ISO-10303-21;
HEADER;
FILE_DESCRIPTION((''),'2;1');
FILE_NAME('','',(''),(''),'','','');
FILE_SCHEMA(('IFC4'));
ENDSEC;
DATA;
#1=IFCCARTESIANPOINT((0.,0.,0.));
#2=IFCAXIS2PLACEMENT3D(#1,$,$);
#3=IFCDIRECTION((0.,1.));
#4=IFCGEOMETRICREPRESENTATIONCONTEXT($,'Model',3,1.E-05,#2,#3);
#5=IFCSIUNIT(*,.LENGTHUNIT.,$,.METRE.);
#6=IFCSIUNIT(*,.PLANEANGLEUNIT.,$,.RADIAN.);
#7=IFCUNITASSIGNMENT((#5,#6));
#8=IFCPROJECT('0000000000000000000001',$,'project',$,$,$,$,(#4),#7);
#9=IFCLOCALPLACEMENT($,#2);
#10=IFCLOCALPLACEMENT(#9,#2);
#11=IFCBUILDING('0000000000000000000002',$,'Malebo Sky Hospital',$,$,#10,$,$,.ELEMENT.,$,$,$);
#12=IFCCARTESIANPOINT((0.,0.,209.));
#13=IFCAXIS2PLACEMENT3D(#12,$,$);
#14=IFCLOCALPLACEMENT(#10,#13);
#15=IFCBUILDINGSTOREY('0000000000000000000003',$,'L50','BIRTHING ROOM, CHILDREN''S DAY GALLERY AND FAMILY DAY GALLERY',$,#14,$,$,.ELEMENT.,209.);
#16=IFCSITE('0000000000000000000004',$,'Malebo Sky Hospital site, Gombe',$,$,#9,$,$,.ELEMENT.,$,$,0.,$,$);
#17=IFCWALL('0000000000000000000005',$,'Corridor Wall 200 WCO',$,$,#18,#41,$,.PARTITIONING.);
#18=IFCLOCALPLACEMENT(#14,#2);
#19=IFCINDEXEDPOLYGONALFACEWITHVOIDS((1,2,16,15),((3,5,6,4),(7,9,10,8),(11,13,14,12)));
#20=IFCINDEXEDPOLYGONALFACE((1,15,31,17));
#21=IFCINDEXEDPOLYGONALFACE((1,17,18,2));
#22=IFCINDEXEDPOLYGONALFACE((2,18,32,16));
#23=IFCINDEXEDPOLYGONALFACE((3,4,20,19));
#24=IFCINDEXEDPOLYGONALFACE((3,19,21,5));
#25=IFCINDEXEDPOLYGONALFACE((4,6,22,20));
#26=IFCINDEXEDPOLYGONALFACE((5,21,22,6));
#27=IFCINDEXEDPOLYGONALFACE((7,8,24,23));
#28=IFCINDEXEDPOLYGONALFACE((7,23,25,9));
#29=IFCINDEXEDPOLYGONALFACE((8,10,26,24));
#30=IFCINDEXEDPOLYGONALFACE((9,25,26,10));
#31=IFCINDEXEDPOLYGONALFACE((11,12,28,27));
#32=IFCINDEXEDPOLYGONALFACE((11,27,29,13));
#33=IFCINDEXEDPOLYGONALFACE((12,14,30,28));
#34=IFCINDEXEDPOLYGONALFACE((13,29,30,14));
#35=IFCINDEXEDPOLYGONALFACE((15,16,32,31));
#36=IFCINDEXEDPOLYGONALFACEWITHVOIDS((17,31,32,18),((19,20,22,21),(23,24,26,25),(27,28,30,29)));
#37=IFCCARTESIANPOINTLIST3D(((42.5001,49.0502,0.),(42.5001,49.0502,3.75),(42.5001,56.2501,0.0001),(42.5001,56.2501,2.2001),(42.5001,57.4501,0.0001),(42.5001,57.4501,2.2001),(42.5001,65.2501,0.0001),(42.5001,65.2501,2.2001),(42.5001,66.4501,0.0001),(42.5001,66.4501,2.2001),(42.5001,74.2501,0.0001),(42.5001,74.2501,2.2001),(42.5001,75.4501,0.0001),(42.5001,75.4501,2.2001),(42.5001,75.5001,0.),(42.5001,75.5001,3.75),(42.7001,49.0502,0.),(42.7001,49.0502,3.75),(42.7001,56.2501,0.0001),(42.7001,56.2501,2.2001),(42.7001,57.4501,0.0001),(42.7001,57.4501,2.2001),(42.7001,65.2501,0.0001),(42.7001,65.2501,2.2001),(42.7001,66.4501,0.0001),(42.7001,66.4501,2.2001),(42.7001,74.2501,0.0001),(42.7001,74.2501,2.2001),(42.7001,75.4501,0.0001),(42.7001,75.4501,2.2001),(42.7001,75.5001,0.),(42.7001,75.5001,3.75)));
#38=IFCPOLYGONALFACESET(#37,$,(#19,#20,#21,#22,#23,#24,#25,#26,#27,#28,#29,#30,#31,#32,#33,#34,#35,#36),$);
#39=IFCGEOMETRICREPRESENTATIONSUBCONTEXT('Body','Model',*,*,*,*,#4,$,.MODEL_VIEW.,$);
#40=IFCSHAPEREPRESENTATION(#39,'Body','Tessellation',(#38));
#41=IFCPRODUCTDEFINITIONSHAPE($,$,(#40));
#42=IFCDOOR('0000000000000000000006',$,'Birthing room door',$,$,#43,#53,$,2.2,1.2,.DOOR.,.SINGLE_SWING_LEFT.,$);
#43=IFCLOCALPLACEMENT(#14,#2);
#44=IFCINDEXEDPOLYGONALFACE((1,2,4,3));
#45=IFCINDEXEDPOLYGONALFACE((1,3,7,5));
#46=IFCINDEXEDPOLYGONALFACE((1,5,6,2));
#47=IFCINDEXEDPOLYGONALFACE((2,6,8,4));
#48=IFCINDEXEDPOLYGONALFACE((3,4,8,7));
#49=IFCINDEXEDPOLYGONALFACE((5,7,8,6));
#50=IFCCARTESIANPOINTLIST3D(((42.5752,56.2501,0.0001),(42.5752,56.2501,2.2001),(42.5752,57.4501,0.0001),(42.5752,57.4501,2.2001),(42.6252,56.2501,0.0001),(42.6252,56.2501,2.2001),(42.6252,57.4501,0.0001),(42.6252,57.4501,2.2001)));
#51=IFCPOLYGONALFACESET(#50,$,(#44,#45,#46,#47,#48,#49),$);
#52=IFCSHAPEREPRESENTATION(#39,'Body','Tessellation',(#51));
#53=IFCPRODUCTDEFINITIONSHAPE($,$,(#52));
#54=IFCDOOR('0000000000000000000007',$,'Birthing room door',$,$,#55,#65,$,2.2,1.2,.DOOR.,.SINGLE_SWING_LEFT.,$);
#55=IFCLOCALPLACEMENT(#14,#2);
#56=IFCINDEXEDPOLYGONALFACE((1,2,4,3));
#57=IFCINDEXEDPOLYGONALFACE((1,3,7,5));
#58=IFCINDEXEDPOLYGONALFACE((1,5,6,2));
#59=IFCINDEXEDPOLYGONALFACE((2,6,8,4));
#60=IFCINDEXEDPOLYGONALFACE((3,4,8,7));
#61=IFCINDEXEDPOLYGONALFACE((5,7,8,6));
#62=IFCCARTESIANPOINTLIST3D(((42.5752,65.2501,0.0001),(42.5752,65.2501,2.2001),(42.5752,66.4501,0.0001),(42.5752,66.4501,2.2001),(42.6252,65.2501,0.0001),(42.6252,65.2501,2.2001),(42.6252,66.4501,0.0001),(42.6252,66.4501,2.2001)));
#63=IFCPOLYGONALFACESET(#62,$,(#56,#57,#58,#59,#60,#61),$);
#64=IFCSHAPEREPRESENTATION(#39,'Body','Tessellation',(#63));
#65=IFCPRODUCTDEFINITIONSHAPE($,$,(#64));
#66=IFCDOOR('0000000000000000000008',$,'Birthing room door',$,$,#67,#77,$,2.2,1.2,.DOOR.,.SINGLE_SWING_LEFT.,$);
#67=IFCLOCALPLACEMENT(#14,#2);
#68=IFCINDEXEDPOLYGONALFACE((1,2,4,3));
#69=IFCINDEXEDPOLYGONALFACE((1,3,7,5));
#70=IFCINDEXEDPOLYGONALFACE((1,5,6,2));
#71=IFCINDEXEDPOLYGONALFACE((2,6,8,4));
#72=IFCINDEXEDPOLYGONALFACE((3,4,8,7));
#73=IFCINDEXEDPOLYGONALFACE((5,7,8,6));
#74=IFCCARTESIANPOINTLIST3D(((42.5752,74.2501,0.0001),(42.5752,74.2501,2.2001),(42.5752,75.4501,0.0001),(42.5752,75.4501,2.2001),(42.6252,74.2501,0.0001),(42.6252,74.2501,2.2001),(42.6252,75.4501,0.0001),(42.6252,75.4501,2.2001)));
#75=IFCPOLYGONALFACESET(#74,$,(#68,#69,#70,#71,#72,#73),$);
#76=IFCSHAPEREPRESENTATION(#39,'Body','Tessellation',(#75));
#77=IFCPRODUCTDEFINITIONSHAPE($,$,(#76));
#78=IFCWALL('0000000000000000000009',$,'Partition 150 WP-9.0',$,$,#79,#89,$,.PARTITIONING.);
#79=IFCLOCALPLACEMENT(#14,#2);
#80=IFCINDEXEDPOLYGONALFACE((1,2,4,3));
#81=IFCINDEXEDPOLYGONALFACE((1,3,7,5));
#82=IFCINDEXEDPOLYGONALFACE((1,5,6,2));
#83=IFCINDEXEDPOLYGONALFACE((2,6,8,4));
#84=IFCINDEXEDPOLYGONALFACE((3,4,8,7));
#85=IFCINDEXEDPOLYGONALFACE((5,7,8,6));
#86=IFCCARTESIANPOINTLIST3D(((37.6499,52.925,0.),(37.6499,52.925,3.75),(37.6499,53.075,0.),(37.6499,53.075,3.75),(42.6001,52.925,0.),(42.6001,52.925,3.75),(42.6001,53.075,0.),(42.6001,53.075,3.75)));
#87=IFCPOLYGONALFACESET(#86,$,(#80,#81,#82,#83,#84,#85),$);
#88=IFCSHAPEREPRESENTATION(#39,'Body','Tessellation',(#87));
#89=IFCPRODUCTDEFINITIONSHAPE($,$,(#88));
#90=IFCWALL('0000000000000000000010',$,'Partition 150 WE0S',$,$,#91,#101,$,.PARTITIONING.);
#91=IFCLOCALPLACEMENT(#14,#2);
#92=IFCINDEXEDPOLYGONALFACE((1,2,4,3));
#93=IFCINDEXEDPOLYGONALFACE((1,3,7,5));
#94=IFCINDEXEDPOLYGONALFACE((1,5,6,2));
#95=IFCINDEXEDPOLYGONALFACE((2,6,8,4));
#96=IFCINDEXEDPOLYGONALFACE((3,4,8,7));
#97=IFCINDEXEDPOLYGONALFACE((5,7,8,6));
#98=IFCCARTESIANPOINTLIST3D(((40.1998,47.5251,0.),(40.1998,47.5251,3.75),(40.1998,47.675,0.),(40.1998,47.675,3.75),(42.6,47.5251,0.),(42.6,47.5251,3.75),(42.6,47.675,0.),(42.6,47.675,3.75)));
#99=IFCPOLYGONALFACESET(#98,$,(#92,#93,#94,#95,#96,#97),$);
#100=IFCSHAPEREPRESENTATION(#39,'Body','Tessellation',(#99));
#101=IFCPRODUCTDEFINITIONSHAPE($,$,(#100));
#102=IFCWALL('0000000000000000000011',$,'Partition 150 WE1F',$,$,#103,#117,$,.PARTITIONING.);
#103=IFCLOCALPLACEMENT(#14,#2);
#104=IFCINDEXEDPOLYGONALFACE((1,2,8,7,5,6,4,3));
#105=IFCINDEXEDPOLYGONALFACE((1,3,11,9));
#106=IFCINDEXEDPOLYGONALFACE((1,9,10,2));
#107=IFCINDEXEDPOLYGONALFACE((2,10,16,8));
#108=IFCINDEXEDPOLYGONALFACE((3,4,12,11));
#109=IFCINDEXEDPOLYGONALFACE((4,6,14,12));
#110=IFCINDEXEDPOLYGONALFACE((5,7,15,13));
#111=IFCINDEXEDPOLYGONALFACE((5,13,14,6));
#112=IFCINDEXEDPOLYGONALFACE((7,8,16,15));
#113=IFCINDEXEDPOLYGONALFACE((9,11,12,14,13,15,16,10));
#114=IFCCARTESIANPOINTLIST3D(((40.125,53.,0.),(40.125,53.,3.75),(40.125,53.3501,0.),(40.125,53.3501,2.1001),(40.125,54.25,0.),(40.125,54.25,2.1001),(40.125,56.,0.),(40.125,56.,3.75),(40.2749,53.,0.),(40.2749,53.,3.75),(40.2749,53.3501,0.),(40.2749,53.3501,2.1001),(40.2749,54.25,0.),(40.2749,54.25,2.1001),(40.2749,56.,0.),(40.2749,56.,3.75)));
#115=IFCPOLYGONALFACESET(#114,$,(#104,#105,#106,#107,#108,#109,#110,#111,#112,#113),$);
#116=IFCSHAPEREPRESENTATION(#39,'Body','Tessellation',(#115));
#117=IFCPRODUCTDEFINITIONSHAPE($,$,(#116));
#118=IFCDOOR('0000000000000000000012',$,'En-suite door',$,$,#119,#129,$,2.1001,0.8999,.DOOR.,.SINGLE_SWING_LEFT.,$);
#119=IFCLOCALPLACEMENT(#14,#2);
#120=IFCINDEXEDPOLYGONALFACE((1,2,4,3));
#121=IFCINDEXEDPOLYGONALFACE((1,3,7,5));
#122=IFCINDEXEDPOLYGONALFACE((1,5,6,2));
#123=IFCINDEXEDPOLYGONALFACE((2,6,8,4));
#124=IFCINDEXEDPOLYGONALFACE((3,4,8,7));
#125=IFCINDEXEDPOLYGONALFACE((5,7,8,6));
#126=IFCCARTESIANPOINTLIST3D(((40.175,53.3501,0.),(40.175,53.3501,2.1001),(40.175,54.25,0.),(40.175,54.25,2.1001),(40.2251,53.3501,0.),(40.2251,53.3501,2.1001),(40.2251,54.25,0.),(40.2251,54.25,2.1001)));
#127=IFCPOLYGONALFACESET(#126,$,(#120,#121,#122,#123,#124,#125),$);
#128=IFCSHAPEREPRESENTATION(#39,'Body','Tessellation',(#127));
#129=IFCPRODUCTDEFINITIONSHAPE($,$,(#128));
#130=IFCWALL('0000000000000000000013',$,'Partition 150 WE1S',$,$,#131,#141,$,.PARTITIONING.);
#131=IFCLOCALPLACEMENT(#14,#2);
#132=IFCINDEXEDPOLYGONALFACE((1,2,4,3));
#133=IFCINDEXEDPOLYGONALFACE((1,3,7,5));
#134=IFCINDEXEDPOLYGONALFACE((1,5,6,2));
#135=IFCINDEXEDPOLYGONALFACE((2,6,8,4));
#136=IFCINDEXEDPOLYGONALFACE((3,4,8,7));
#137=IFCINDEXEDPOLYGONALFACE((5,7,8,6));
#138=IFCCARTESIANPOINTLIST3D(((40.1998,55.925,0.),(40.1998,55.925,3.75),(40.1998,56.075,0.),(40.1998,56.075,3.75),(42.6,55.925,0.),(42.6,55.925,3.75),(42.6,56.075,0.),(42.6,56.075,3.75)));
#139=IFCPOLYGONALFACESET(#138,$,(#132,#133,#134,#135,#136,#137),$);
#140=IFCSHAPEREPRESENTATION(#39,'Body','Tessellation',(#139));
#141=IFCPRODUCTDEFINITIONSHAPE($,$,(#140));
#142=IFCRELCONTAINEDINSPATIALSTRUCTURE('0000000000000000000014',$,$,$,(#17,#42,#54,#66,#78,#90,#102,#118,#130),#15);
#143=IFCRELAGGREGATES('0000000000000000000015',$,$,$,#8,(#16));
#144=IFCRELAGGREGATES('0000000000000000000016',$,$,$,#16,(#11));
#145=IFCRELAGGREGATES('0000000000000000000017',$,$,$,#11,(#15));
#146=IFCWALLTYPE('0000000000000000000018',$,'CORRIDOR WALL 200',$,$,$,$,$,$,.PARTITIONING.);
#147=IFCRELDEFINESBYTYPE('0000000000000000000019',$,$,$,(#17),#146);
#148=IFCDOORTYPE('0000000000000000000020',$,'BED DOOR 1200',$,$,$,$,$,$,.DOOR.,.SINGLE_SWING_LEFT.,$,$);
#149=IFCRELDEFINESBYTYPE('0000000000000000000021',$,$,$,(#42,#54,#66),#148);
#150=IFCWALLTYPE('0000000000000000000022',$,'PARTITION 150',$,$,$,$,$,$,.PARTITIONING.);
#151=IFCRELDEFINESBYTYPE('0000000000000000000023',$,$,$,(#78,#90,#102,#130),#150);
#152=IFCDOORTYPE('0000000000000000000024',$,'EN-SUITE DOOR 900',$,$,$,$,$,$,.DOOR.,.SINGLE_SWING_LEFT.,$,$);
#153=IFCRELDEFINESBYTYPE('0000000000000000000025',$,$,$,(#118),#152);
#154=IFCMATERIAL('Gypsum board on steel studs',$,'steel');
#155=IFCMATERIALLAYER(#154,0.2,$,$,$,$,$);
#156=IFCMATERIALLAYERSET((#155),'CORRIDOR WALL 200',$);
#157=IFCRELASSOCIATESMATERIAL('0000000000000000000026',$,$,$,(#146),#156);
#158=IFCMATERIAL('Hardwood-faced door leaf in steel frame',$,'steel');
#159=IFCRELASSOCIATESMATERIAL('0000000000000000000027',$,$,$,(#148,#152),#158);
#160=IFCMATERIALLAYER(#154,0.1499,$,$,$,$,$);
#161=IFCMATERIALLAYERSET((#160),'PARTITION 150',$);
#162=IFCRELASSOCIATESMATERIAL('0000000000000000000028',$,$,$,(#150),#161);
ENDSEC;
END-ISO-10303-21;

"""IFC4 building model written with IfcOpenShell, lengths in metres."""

from ifc_helpers import new_model, si_unit, direction, frame, frame_2d, origin, place, context, subcontext, project, spatial, rectangle, extrude, material, layer, layer_set, type_object, element, fill, save


model = new_model("IFC4")

# Units and contexts
model_context = context("Model", 3, precision=1e-05, world=origin(), true_north=direction((0.0, 1.0)))
body_context = subcontext(model_context, "Body", "Model", "MODEL_VIEW")
ifc_project = project(units=[si_unit("LENGTHUNIT", "METRE"), si_unit("PLANEANGLEUNIT", "RADIAN")], contexts=[model_context])

# Site, building, storey
site_placement = place(None, origin())
site = spatial("IfcSite", under=ifc_project, at=site_placement, Name="Malebo Sky Hospital site, Gombe", CompositionType="ELEMENT", RefElevation=0.0)
building_placement = place(site_placement, origin())
building = spatial("IfcBuilding", under=site, at=building_placement, Name="Malebo Sky Hospital", CompositionType="ELEMENT")
storey_placement = place(building_placement, frame((0.0, 0.0, 209.0)))
storey = spatial("IfcBuildingStorey", under=building, at=storey_placement, Name="L50", Description="BIRTHING ROOM, CHILDREN'S DAY GALLERY AND FAMILY DAY GALLERY", CompositionType="ELEMENT", Elevation=209.0)

# Wall, openings, doors
ifc_material_1 = material(Name="Gypsum board on steel studs", Category="steel")
ifc_layer_1 = layer(ifc_material_1, 0.2)
ifc_layer_set_1 = layer_set([ifc_layer_1], Name="CORRIDOR WALL 200")
wall_type_1 = type_object("IfcWallType", Name="CORRIDOR WALL 200", PredefinedType="PARTITIONING", material=ifc_layer_set_1)
wall_1_placement = place(storey_placement, frame((42.6001, 49.05, 0.0), z_axis=(0.0, 0.0, 1.0), x_axis=(0.0, 1.0, 0.0)))
wall_1 = element("IfcWall", 1, at=wall_1_placement, inside=storey, type_object=wall_type_1, Name="Corridor Wall 200 WCO", PredefinedType="PARTITIONING", context=body_context, shape_type="SweptSolid", body=[
    extrude(rectangle(XDim=26.45, YDim=0.2, at=frame_2d((13.2251, 0.0))), origin(), (0.0, 0.0, 1.0), 3.75),
])
opening_1_placement = place(wall_1_placement, frame((7.2, 0.0, 0.0)))
opening_1 = element("IfcOpeningElement", 2, at=opening_1_placement, cuts=wall_1, PredefinedType="OPENING", context=body_context, shape_type="SweptSolid", body=[
    extrude(rectangle(XDim=1.2, YDim=2.2, at=frame_2d((0.6001, 1.1001))), frame((0.0, 0.1099, 0.0), z_axis=(0.0, -1.0, 0.0), x_axis=(1.0, 0.0, 0.0)), (0.0, 0.0, 1.0), 0.22),
])
opening_2_placement = place(wall_1_placement, frame((16.2, 0.0, 0.0)))
opening_2 = element("IfcOpeningElement", 3, at=opening_2_placement, cuts=wall_1, PredefinedType="OPENING", context=body_context, shape_type="SweptSolid", body=[
    extrude(rectangle(XDim=1.2, YDim=2.2, at=frame_2d((0.6001, 1.1001))), frame((0.0, 0.1099, 0.0), z_axis=(0.0, -1.0, 0.0), x_axis=(1.0, 0.0, 0.0)), (0.0, 0.0, 1.0), 0.22),
])
opening_3_placement = place(wall_1_placement, frame((25.2, 0.0, 0.0)))
opening_3 = element("IfcOpeningElement", 4, at=opening_3_placement, cuts=wall_1, PredefinedType="OPENING", context=body_context, shape_type="SweptSolid", body=[
    extrude(rectangle(XDim=1.2, YDim=2.2, at=frame_2d((0.6001, 1.1001))), frame((0.0, 0.1099, 0.0), z_axis=(0.0, -1.0, 0.0), x_axis=(1.0, 0.0, 0.0)), (0.0, 0.0, 1.0), 0.22),
])
ifc_material_2 = material(Name="Hardwood-faced door leaf in steel frame", Category="steel")
door_type_1 = type_object("IfcDoorType", Name="BED DOOR 1200", OperationType="SINGLE_SWING_LEFT", PredefinedType="DOOR", material=ifc_material_2)
door_1_placement = place(opening_1_placement, origin())
door_1 = element("IfcDoor", 5, at=door_1_placement, inside=storey, type_object=door_type_1, Name="Birthing room door", OperationType="SINGLE_SWING_LEFT", OverallHeight=2.2, OverallWidth=1.2, PredefinedType="DOOR", context=body_context, shape_type="SweptSolid", body=[
    extrude(rectangle(XDim=1.2, YDim=2.2, at=frame_2d((0.6001, 1.1001))), frame((0.0, 0.0249, 0.0), z_axis=(0.0, -1.0, 0.0), x_axis=(1.0, 0.0, 0.0)), (0.0, 0.0, 1.0), 0.05),
])
fill(opening_1, door_1)
door_2_placement = place(opening_2_placement, origin())
door_2 = element("IfcDoor", 6, at=door_2_placement, inside=storey, type_object=door_type_1, Name="Birthing room door", OperationType="SINGLE_SWING_LEFT", OverallHeight=2.2, OverallWidth=1.2, PredefinedType="DOOR", context=body_context, shape_type="SweptSolid", body=[
    extrude(rectangle(XDim=1.2, YDim=2.2, at=frame_2d((0.6001, 1.1001))), frame((0.0, 0.0249, 0.0), z_axis=(0.0, -1.0, 0.0), x_axis=(1.0, 0.0, 0.0)), (0.0, 0.0, 1.0), 0.05),
])
fill(opening_2, door_2)
door_3_placement = place(opening_3_placement, origin())
door_3 = element("IfcDoor", 7, at=door_3_placement, inside=storey, type_object=door_type_1, Name="Birthing room door", OperationType="SINGLE_SWING_LEFT", OverallHeight=2.2, OverallWidth=1.2, PredefinedType="DOOR", context=body_context, shape_type="SweptSolid", body=[
    extrude(rectangle(XDim=1.2, YDim=2.2, at=frame_2d((0.6001, 1.1001))), frame((0.0, 0.0249, 0.0), z_axis=(0.0, -1.0, 0.0), x_axis=(1.0, 0.0, 0.0)), (0.0, 0.0, 1.0), 0.05),
])
fill(opening_3, door_3)

# Walls
ifc_layer_2 = layer(ifc_material_1, 0.1499)
ifc_layer_set_2 = layer_set([ifc_layer_2], Name="PARTITION 150")
wall_type_2 = type_object("IfcWallType", Name="PARTITION 150", PredefinedType="PARTITIONING", material=ifc_layer_set_2)
wall_2_placement = place(storey_placement, frame((42.6001, 53.0, 0.0), z_axis=(0.0, 0.0, 1.0), x_axis=(-1.0, 0.0, 0.0)))
element("IfcWall", 8, at=wall_2_placement, inside=storey, type_object=wall_type_2, Name="Partition 150 WP-9.0", PredefinedType="PARTITIONING", context=body_context, shape_type="SweptSolid", body=[
    extrude(rectangle(XDim=4.9502, YDim=0.1499, at=frame_2d((2.4751, 0.0))), origin(), (0.0, 0.0, 1.0), 3.75),
])
wall_3_placement = place(storey_placement, frame((42.6001, 47.6001, 0.0), z_axis=(0.0, 0.0, 1.0), x_axis=(-1.0, 0.0, 0.0)))
element("IfcWall", 9, at=wall_3_placement, inside=storey, type_object=wall_type_2, Name="Partition 150 WE0S", PredefinedType="PARTITIONING", context=body_context, shape_type="SweptSolid", body=[
    extrude(rectangle(XDim=2.4001, YDim=0.1499, at=frame_2d((1.2002, 0.0))), origin(), (0.0, 0.0, 1.0), 3.75),
])

# Wall, opening, door
wall_4_placement = place(storey_placement, frame((40.2, 53.0, 0.0), z_axis=(0.0, 0.0, 1.0), x_axis=(0.0, 1.0, 0.0)))
wall_4 = element("IfcWall", 10, at=wall_4_placement, inside=storey, type_object=wall_type_2, Name="Partition 150 WE1F", PredefinedType="PARTITIONING", context=body_context, shape_type="SweptSolid", body=[
    extrude(rectangle(XDim=3.0, YDim=0.1499, at=frame_2d((1.5, 0.0))), origin(), (0.0, 0.0, 1.0), 3.75),
])
opening_4_placement = place(wall_4_placement, frame((0.3501, 0.0, 0.0)))
opening_4 = element("IfcOpeningElement", 11, at=opening_4_placement, cuts=wall_4, PredefinedType="OPENING", context=body_context, shape_type="SweptSolid", body=[
    extrude(rectangle(XDim=0.8999, YDim=2.1001, at=frame_2d((0.45, 1.05))), frame((0.0, 0.085, 0.0), z_axis=(0.0, -1.0, 0.0), x_axis=(1.0, 0.0, 0.0)), (0.0, 0.0, 1.0), 0.1699),
])
door_type_2 = type_object("IfcDoorType", Name="EN-SUITE DOOR 900", OperationType="SINGLE_SWING_LEFT", PredefinedType="DOOR", material=ifc_material_2)
door_4_placement = place(opening_4_placement, origin())
door_4 = element("IfcDoor", 12, at=door_4_placement, inside=storey, type_object=door_type_2, Name="En-suite door", OperationType="SINGLE_SWING_LEFT", OverallHeight=2.1001, OverallWidth=0.8999, PredefinedType="DOOR", context=body_context, shape_type="SweptSolid", body=[
    extrude(rectangle(XDim=0.8999, YDim=2.1001, at=frame_2d((0.45, 1.05))), frame((0.0, 0.0249, 0.0), z_axis=(0.0, -1.0, 0.0), x_axis=(1.0, 0.0, 0.0)), (0.0, 0.0, 1.0), 0.05),
])
fill(opening_4, door_4)

# Wall
wall_5_placement = place(storey_placement, frame((42.6001, 56.0, 0.0), z_axis=(0.0, 0.0, 1.0), x_axis=(-1.0, 0.0, 0.0)))
element("IfcWall", 13, at=wall_5_placement, inside=storey, type_object=wall_type_2, Name="Partition 150 WE1S", PredefinedType="PARTITIONING", context=body_context, shape_type="SweptSolid", body=[
    extrude(rectangle(XDim=2.4001, YDim=0.1499, at=frame_2d((1.2002, 0.0))), origin(), (0.0, 0.0, 1.0), 3.75),
])

save(model, "model.ifc")
